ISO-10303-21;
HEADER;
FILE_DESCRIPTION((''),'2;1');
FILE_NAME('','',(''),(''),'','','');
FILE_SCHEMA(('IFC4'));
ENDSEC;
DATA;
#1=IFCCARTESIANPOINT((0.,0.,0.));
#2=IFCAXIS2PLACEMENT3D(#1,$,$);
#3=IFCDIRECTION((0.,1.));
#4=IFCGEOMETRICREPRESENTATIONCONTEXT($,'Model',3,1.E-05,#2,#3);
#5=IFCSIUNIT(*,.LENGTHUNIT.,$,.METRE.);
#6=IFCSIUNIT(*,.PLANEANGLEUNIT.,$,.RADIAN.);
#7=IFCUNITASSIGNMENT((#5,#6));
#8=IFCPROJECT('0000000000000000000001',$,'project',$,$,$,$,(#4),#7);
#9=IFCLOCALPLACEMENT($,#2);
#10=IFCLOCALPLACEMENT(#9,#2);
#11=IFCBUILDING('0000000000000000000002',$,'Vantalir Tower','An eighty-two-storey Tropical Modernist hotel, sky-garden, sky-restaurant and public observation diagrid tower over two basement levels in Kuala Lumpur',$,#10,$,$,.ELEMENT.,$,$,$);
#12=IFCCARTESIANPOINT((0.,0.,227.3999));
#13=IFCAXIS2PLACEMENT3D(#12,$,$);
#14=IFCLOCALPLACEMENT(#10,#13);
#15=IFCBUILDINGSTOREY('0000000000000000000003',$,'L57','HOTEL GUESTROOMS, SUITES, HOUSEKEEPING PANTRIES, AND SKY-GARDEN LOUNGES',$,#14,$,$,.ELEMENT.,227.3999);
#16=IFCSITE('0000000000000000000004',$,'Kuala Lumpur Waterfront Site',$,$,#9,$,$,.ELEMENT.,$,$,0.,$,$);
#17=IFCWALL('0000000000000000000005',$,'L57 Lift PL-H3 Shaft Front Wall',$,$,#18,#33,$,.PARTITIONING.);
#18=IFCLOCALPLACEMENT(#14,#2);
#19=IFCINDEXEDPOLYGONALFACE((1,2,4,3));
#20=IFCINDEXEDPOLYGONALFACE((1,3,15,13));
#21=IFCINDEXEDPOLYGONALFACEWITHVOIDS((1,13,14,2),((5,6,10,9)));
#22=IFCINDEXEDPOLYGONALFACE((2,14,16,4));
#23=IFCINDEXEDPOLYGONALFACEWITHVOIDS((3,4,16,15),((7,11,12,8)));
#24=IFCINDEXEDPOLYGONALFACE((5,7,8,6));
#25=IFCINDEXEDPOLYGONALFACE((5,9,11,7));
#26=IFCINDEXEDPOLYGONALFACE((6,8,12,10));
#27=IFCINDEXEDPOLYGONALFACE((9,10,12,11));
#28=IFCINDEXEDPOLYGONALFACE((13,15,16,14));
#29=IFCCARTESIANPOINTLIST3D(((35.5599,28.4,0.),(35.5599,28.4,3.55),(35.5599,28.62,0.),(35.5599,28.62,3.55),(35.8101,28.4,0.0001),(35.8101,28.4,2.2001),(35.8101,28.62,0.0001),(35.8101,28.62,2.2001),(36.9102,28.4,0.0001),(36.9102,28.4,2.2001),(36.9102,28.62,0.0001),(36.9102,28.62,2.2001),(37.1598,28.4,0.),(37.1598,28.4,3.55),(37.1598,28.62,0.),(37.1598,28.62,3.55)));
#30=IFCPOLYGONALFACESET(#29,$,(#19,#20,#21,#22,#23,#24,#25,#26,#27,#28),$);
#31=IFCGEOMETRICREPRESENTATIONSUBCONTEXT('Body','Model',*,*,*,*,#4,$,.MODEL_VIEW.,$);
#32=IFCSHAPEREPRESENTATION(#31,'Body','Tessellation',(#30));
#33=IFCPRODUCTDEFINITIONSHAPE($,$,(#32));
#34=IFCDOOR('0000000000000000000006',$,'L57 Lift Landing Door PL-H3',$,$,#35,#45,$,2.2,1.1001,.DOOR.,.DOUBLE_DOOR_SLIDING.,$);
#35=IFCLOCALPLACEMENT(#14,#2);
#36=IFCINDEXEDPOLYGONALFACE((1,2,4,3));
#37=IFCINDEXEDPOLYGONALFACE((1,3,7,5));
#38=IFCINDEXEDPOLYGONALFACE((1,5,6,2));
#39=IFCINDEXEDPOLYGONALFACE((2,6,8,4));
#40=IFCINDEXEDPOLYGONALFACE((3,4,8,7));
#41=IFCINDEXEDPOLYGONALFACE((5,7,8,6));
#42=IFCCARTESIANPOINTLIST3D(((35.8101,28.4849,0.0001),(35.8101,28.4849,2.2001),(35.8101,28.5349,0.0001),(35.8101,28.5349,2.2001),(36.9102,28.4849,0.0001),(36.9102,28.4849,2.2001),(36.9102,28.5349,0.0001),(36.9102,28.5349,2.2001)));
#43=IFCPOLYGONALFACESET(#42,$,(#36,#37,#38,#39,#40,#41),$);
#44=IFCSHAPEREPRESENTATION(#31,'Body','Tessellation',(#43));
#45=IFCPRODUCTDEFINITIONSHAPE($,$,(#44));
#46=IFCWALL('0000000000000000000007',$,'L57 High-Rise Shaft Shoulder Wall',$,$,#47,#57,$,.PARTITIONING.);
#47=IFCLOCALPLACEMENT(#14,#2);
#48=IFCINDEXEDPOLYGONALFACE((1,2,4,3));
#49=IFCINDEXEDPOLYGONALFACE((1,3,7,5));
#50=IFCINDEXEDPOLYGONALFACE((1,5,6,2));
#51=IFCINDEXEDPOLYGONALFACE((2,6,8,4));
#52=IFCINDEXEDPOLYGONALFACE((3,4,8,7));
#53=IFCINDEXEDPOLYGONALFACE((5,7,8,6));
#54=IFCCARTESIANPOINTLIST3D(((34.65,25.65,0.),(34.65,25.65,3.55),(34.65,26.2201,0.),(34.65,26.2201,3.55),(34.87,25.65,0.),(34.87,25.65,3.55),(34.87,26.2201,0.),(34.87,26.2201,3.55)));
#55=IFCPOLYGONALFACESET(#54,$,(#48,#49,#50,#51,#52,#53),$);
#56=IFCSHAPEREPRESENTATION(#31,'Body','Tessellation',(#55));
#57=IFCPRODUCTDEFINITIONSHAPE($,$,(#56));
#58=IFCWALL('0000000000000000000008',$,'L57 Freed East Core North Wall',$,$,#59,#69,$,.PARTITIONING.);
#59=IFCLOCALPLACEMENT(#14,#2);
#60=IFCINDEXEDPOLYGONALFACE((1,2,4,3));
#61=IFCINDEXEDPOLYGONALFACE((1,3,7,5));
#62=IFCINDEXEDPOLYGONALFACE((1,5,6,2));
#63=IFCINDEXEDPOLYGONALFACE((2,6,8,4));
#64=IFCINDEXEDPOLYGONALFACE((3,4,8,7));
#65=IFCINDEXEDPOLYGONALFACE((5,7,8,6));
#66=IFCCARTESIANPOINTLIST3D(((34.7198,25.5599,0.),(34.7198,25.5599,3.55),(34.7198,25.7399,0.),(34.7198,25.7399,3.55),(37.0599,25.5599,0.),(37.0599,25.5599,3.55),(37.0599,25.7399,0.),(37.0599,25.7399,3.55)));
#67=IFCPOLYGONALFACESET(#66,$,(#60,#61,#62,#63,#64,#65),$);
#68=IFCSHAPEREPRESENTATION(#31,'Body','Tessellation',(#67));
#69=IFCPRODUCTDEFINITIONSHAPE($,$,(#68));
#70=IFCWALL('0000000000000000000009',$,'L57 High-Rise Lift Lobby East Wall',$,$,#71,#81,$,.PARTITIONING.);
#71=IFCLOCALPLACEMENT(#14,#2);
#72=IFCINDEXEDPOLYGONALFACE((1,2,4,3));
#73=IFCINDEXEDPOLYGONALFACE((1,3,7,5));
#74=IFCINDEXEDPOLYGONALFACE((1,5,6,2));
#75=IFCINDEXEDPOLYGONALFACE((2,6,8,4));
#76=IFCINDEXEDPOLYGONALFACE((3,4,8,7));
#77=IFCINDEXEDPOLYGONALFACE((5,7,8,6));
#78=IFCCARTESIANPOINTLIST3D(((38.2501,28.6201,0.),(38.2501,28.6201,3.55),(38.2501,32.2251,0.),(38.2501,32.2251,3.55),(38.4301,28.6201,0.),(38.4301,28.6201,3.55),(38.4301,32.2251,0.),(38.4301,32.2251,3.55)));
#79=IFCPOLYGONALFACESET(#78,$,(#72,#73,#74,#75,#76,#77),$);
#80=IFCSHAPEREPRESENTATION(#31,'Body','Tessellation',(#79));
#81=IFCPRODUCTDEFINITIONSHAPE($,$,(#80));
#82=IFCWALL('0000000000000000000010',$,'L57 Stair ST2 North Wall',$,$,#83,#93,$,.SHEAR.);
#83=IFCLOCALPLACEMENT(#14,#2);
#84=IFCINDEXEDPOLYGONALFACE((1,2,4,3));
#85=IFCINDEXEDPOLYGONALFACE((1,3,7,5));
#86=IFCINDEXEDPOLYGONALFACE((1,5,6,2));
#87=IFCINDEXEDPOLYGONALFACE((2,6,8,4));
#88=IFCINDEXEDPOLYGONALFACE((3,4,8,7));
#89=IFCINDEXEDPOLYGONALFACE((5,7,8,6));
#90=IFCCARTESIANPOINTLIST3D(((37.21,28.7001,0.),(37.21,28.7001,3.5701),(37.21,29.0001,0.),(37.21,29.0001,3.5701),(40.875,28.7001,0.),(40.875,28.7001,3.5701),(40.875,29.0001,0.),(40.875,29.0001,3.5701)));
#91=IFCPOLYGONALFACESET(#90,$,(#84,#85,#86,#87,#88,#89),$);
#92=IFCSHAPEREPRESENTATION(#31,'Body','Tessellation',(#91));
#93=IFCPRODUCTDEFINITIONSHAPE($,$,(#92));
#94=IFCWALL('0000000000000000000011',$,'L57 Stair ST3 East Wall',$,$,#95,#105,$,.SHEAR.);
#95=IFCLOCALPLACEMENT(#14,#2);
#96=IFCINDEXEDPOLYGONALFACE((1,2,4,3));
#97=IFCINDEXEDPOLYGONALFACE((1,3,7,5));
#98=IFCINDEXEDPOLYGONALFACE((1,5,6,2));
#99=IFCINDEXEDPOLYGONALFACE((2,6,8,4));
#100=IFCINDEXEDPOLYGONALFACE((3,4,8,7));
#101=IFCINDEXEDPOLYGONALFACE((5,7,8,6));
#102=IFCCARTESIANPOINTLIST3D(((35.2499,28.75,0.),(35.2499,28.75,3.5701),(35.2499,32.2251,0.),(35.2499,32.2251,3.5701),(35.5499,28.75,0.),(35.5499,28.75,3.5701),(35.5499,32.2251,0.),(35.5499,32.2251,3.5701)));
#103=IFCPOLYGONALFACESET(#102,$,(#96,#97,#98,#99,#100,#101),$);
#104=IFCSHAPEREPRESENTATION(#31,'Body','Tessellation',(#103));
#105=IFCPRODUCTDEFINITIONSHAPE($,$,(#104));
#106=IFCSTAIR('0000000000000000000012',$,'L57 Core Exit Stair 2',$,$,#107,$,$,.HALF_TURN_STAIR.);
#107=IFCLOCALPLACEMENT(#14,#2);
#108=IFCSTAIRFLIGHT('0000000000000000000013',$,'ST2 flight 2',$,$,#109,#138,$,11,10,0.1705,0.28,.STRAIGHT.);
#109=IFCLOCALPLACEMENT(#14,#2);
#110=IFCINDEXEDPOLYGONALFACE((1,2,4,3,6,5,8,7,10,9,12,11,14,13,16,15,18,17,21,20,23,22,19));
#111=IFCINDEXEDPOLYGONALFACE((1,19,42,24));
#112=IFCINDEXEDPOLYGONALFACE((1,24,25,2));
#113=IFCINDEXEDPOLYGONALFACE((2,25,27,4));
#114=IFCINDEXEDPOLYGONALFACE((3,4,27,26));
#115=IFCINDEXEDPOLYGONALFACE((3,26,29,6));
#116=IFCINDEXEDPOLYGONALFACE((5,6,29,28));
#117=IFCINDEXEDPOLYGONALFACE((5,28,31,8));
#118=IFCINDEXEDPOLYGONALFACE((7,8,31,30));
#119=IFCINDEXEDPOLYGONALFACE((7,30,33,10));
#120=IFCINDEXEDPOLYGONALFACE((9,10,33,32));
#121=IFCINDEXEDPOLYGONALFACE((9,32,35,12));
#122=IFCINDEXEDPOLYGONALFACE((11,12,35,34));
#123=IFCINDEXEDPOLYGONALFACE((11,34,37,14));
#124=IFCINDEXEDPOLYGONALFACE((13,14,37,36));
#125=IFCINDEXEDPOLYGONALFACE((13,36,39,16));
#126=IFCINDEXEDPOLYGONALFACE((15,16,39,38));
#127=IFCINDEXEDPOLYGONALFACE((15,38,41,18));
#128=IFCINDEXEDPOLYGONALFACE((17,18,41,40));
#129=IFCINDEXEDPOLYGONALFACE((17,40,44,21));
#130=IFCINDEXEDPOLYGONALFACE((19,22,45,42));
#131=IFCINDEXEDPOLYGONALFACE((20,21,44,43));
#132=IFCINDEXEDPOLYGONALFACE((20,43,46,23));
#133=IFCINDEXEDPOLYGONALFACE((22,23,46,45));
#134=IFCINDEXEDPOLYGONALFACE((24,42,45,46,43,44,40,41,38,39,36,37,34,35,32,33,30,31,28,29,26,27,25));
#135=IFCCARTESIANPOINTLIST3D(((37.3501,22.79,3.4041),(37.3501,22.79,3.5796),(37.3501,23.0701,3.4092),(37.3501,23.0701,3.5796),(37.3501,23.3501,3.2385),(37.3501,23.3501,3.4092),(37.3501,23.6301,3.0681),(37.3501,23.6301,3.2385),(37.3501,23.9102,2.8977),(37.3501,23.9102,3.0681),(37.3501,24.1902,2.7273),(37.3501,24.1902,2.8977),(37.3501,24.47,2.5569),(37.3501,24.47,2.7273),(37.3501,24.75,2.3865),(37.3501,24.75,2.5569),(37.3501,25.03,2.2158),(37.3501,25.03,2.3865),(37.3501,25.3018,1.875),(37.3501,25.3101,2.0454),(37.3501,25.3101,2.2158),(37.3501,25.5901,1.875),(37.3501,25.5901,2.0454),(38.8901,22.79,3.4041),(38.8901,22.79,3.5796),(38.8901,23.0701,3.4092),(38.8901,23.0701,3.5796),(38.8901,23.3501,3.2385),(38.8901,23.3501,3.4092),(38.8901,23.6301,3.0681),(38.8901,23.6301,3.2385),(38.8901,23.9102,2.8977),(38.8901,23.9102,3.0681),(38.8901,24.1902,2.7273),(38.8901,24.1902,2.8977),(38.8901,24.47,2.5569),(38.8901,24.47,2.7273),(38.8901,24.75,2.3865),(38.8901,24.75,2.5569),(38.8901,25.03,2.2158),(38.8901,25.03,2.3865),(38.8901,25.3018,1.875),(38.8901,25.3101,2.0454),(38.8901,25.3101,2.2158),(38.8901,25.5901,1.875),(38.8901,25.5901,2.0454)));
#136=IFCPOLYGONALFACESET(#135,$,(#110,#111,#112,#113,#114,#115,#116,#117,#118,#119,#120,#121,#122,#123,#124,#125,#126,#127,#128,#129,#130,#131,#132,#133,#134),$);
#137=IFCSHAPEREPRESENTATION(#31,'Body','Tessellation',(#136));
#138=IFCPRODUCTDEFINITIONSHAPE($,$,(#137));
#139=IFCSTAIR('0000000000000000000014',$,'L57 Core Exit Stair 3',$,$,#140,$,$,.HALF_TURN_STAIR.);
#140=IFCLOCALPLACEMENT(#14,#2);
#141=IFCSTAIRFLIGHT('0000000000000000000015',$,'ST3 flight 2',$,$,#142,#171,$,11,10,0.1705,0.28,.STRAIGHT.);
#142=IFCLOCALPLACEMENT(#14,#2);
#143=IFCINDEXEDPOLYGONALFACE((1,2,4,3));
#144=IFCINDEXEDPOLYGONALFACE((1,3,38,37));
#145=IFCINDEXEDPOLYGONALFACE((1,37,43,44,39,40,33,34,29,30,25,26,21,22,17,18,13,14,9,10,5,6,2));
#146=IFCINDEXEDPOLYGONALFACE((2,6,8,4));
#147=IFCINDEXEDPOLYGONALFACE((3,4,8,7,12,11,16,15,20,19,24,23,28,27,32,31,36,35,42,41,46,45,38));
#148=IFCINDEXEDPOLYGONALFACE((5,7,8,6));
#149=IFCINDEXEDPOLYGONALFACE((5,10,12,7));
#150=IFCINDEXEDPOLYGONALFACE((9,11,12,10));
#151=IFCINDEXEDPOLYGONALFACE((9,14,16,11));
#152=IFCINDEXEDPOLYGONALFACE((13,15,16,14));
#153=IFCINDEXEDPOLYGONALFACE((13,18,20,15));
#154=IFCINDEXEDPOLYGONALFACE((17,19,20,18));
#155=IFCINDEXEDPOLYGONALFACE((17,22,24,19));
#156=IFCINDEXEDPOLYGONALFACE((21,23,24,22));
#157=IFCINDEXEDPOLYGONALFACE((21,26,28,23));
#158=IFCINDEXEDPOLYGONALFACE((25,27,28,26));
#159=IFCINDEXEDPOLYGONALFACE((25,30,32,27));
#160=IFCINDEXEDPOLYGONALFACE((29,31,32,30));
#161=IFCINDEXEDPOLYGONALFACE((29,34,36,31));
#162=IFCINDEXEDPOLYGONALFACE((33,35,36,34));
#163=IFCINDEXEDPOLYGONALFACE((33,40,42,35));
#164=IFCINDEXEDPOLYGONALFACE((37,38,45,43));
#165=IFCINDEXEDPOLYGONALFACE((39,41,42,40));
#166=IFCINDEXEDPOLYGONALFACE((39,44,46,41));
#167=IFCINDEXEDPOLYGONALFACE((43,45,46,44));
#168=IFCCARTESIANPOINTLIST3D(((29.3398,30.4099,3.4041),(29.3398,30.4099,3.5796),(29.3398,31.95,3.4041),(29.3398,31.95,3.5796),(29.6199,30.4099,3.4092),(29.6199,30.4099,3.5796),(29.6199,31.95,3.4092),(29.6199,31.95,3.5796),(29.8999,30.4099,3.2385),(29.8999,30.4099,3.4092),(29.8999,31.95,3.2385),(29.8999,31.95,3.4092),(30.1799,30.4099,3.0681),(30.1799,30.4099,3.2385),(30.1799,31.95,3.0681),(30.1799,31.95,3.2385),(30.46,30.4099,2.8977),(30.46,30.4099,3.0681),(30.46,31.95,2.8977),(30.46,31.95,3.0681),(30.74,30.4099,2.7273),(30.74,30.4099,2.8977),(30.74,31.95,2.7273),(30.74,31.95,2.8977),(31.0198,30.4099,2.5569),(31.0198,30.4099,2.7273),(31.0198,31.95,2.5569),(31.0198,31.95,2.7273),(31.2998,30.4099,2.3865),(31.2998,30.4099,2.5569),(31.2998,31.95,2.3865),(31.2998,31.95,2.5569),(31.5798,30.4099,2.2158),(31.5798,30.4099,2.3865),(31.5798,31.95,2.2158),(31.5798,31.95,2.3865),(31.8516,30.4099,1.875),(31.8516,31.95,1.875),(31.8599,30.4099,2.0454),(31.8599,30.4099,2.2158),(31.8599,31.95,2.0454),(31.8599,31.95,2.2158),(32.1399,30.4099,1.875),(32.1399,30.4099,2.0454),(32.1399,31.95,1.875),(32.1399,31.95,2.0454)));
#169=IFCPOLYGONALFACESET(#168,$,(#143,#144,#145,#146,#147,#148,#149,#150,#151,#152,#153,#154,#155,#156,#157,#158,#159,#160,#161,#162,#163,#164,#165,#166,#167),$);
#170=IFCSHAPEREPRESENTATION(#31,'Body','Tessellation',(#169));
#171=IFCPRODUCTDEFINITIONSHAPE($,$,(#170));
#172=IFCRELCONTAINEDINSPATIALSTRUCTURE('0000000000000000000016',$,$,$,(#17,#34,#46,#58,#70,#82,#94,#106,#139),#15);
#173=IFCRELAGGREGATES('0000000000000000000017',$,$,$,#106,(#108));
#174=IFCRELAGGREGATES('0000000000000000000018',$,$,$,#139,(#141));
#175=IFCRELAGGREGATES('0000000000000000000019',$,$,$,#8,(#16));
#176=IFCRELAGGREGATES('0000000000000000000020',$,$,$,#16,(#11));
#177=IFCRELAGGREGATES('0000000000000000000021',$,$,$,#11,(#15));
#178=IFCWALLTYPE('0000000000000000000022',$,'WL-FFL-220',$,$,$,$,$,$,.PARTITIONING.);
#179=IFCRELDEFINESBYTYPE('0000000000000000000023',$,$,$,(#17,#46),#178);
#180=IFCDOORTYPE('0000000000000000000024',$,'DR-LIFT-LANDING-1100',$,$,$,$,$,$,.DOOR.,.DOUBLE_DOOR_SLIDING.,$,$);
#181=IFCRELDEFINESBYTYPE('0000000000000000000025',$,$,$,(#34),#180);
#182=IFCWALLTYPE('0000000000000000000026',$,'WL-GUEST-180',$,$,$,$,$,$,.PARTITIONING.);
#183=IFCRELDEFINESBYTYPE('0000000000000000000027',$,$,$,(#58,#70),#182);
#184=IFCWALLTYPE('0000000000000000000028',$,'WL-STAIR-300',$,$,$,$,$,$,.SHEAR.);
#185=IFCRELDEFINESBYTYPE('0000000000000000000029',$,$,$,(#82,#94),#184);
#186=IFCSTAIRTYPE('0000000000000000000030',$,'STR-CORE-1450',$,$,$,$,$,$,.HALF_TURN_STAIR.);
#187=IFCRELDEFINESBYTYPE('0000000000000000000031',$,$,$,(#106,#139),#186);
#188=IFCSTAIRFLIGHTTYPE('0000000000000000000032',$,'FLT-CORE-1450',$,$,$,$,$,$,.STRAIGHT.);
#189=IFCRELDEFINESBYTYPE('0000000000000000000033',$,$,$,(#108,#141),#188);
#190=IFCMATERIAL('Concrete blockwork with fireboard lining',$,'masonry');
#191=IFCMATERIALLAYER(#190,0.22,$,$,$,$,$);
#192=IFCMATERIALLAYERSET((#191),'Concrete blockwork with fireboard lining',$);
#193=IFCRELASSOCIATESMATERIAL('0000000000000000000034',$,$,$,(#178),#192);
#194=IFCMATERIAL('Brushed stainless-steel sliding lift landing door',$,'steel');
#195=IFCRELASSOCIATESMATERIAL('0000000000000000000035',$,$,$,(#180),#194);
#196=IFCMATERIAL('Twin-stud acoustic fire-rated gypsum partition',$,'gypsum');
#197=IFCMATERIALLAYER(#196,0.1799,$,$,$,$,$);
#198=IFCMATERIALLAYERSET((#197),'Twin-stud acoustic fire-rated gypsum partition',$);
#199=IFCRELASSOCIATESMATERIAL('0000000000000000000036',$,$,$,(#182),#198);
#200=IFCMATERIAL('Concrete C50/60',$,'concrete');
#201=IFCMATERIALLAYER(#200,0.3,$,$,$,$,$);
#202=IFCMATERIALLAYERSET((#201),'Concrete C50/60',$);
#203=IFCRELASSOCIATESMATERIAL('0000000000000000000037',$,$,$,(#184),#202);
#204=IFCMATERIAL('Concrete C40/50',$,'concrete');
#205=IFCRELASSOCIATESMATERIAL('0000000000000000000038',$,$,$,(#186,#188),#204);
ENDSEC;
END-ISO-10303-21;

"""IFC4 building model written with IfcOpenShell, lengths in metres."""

from ifc_helpers import new_model, si_unit, direction, frame, frame_2d, origin, place, context, subcontext, project, spatial, polyline, rectangle, outline, extrude, material, layer, layer_set, type_object, element, fill, aggregate, save


model = new_model("IFC4")

# Units and contexts
model_context = context("Model", 3, precision=1e-05, world=origin(), true_north=direction((0.0, 1.0)))
body_context = subcontext(model_context, "Body", "Model", "MODEL_VIEW")
ifc_project = project(units=[si_unit("LENGTHUNIT", "METRE"), si_unit("PLANEANGLEUNIT", "RADIAN")], contexts=[model_context])

# Site, building, storey
site_placement = place(None, origin())
site = spatial("IfcSite", under=ifc_project, at=site_placement, Name="Kuala Lumpur Waterfront Site", CompositionType="ELEMENT", RefElevation=0.0)
building_placement = place(site_placement, origin())
building = spatial("IfcBuilding", under=site, at=building_placement, Name="Vantalir Tower", Description="An eighty-two-storey Tropical Modernist hotel, sky-garden, sky-restaurant and public observation diagrid tower over two basement levels in Kuala Lumpur", CompositionType="ELEMENT")
storey_placement = place(building_placement, frame((0.0, 0.0, 227.3999)))
storey = spatial("IfcBuildingStorey", under=building, at=storey_placement, Name="L57", Description="HOTEL GUESTROOMS, SUITES, HOUSEKEEPING PANTRIES, AND SKY-GARDEN LOUNGES", CompositionType="ELEMENT", Elevation=227.3999)

# Shared definitions
ifc_material_1 = material(Name="Concrete C50/60", Category="concrete")

# Shared definitions
ifc_material_2 = material(Name="Concrete blockwork with fireboard lining", Category="masonry")
ifc_layer_1 = layer(ifc_material_2, 0.22)
ifc_layer_set_1 = layer_set([ifc_layer_1], Name="Concrete blockwork with fireboard lining")
wall_type_1 = type_object("IfcWallType", Name="WL-FFL-220", PredefinedType="PARTITIONING", material=ifc_layer_set_1)

# Wall, opening, door
ifc_material_3 = material(Name="Brushed stainless-steel sliding lift landing door", Category="steel")
door_type = type_object("IfcDoorType", Name="DR-LIFT-LANDING-1100", OperationType="DOUBLE_DOOR_SLIDING", PredefinedType="DOOR", material=ifc_material_3)
wall_1_placement = place(storey_placement, frame((35.5601, 28.51, 0.0), z_axis=(0.0, 0.0, 1.0), x_axis=(1.0, 0.0, 0.0)))
wall_1 = element("IfcWall", 1, at=wall_1_placement, inside=storey, type_object=wall_type_1, Name="L57 Lift PL-H3 Shaft Front Wall", PredefinedType="PARTITIONING", context=body_context, shape_type="SweptSolid", body=[
    extrude(rectangle(XDim=1.5999, YDim=0.22, at=frame_2d((0.7998, 0.0))), origin(), (0.0, 0.0, 1.0), 3.55),
])
opening_1_placement = place(wall_1_placement, frame((0.25, 0.0, 0.0)))
opening_1 = element("IfcOpeningElement", 2, at=opening_1_placement, cuts=wall_1, PredefinedType="OPENING", context=body_context, shape_type="SweptSolid", body=[
    extrude(rectangle(XDim=1.1001, YDim=2.2, at=frame_2d((0.55, 1.1001))), frame((0.0, 0.1199, 0.0), z_axis=(0.0, -1.0, 0.0), x_axis=(1.0, 0.0, 0.0)), (0.0, 0.0, 1.0), 0.24),
])
door_1_placement = place(opening_1_placement, origin())
door_1 = element("IfcDoor", 3, at=door_1_placement, inside=storey, type_object=door_type, Name="L57 Lift Landing Door PL-H3", OperationType="DOUBLE_DOOR_SLIDING", OverallHeight=2.2, OverallWidth=1.1001, PredefinedType="DOOR", context=body_context, shape_type="SweptSolid", body=[
    extrude(rectangle(XDim=1.1001, YDim=2.2, at=frame_2d((0.55, 1.1001))), frame((0.0, 0.0249, 0.0), z_axis=(0.0, -1.0, 0.0), x_axis=(1.0, 0.0, 0.0)), (0.0, 0.0, 1.0), 0.05),
])
fill(opening_1, door_1)

# Walls
wall_2_placement = place(storey_placement, frame((34.76, 25.6499, 0.0), z_axis=(0.0, 0.0, 1.0), x_axis=(0.0, 1.0, 0.0)))
element("IfcWall", 4, at=wall_2_placement, inside=storey, type_object=wall_type_1, Name="L57 High-Rise Shaft Shoulder Wall", PredefinedType="PARTITIONING", context=body_context, shape_type="SweptSolid", body=[
    extrude(rectangle(XDim=0.5701, YDim=0.22, at=frame_2d((0.2852, 0.0))), origin(), (0.0, 0.0, 1.0), 3.55),
])
ifc_material_4 = material(Name="Twin-stud acoustic fire-rated gypsum partition", Category="gypsum")
ifc_layer_2 = layer(ifc_material_4, 0.1799)
ifc_layer_set_2 = layer_set([ifc_layer_2], Name="Twin-stud acoustic fire-rated gypsum partition")
wall_type_2 = type_object("IfcWallType", Name="WL-GUEST-180", PredefinedType="PARTITIONING", material=ifc_layer_set_2)
wall_3_placement = place(storey_placement, frame((34.72, 25.6499, 0.0), z_axis=(0.0, 0.0, 1.0), x_axis=(1.0, 0.0, 0.0)))
element("IfcWall", 5, at=wall_3_placement, inside=storey, type_object=wall_type_2, Name="L57 Freed East Core North Wall", PredefinedType="PARTITIONING", context=body_context, shape_type="SweptSolid", body=[
    extrude(rectangle(XDim=2.3401, YDim=0.1799, at=frame_2d((1.1699, 0.0))), origin(), (0.0, 0.0, 1.0), 3.55),
])
wall_4_placement = place(storey_placement, frame((38.3401, 28.6201, 0.0), z_axis=(0.0, 0.0, 1.0), x_axis=(0.0, 1.0, 0.0)))
element("IfcWall", 6, at=wall_4_placement, inside=storey, type_object=wall_type_2, Name="L57 High-Rise Lift Lobby East Wall", PredefinedType="PARTITIONING", context=body_context, shape_type="SweptSolid", body=[
    extrude(rectangle(XDim=3.605, YDim=0.1799, at=frame_2d((1.8025, 0.0))), origin(), (0.0, 0.0, 1.0), 3.55),
])
ifc_layer_3 = layer(ifc_material_1, 0.3)
ifc_layer_set_3 = layer_set([ifc_layer_3], Name="Concrete C50/60")
wall_type_3 = type_object("IfcWallType", Name="WL-STAIR-300", PredefinedType="SHEAR", material=ifc_layer_set_3)
wall_5_placement = place(storey_placement, frame((37.21, 28.8501, 0.0), z_axis=(0.0, 0.0, 1.0), x_axis=(1.0, 0.0, 0.0)))
element("IfcWall", 7, at=wall_5_placement, inside=storey, type_object=wall_type_3, Name="L57 Stair ST2 North Wall", PredefinedType="SHEAR", context=body_context, shape_type="SweptSolid", body=[
    extrude(rectangle(XDim=3.665, YDim=0.3, at=frame_2d((1.8325, 0.0))), origin(), (0.0, 0.0, 1.0), 3.5701),
])
wall_6_placement = place(storey_placement, frame((35.3999, 28.75, 0.0), z_axis=(0.0, 0.0, 1.0), x_axis=(0.0, 1.0, 0.0)))
element("IfcWall", 8, at=wall_6_placement, inside=storey, type_object=wall_type_3, Name="L57 Stair ST3 East Wall", PredefinedType="SHEAR", context=body_context, shape_type="SweptSolid", body=[
    extrude(rectangle(XDim=3.4751, YDim=0.3, at=frame_2d((1.7375, 0.0))), origin(), (0.0, 0.0, 1.0), 3.5701),
])

# Stairs, stair flights
ifc_material_5 = material(Name="Concrete C40/50", Category="concrete")
stair_type = type_object("IfcStairType", Name="STR-CORE-1450", PredefinedType="HALF_TURN_STAIR", material=ifc_material_5)
stair_1_placement = place(storey_placement, origin())
stair_1 = element("IfcStair", 9, at=stair_1_placement, inside=storey, type_object=stair_type, Name="L57 Core Exit Stair 2", PredefinedType="HALF_TURN_STAIR")
stair_flight_type = type_object("IfcStairFlightType", Name="FLT-CORE-1450", PredefinedType="STRAIGHT", material=ifc_material_5)
stair_flight_1_placement = place(storey_placement, frame((38.1201, 25.5901, 1.875), z_axis=(0.0, 0.0, 1.0), x_axis=(0.0, -1.0, 0.0)))
stair_flight_1 = element("IfcStairFlight", 10, at=stair_flight_1_placement, type_object=stair_flight_type, Name="ST2 flight 2", NumberOfRisers=11, NumberOfTreads=10, PredefinedType="STRAIGHT", RiserHeight=0.1705, TreadLength=0.28, context=body_context, shape_type="SweptSolid", body=[
    extrude(outline(polyline([(0.0, 0.0), (0.0, 0.1704), (0.28, 0.1704), (0.28, 0.3408), (0.5601, 0.3408), (0.5601, 0.5115), (0.8401, 0.5115), (0.8401, 0.6819), (1.1201, 0.6819), (1.1201, 0.8523), (1.3999, 0.8523), (1.3999, 1.0227), (1.6799, 1.0227), (1.6799, 1.1931), (1.96, 1.1931), (1.96, 1.3635), (2.24, 1.3635), (2.24, 1.5342), (2.52, 1.5342), (2.52, 1.7046), (2.8, 1.7046), (2.8, 1.875), (2.8, 1.5291), (0.2883, 0.0), (0.0, 0.0)])), frame((0.0, 0.77, 0.0), z_axis=(0.0, -1.0, 0.0), x_axis=(1.0, 0.0, 0.0)), (0.0, 0.0, 1.0), 1.54),
])
aggregate(stair_1, [stair_flight_1])
stair_2_placement = place(storey_placement, origin())
stair_2 = element("IfcStair", 11, at=stair_2_placement, inside=storey, type_object=stair_type, Name="L57 Core Exit Stair 3", PredefinedType="HALF_TURN_STAIR")
stair_flight_2_placement = place(storey_placement, frame((32.1399, 31.1799, 1.875), z_axis=(0.0, 0.0, 1.0), x_axis=(-1.0, 0.0, 0.0)))
stair_flight_2 = element("IfcStairFlight", 12, at=stair_flight_2_placement, type_object=stair_flight_type, Name="ST3 flight 2", NumberOfRisers=11, NumberOfTreads=10, PredefinedType="STRAIGHT", RiserHeight=0.1705, TreadLength=0.28, context=body_context, shape_type="SweptSolid", body=[
    extrude(outline(polyline([(0.0, 0.0), (0.0, 0.1704), (0.28, 0.1704), (0.28, 0.3408), (0.5601, 0.3408), (0.5601, 0.5115), (0.8401, 0.5115), (0.8401, 0.6819), (1.1201, 0.6819), (1.1201, 0.8523), (1.3999, 0.8523), (1.3999, 1.0227), (1.6799, 1.0227), (1.6799, 1.1931), (1.96, 1.1931), (1.96, 1.3635), (2.24, 1.3635), (2.24, 1.5342), (2.52, 1.5342), (2.52, 1.7046), (2.8, 1.7046), (2.8, 1.875), (2.8, 1.5291), (0.2883, 0.0), (0.0, 0.0)])), frame((0.0, 0.77, 0.0), z_axis=(0.0, -1.0, 0.0), x_axis=(1.0, 0.0, 0.0)), (0.0, 0.0, 1.0), 1.54),
])
aggregate(stair_2, [stair_flight_2])

save(model, "model.ifc")
